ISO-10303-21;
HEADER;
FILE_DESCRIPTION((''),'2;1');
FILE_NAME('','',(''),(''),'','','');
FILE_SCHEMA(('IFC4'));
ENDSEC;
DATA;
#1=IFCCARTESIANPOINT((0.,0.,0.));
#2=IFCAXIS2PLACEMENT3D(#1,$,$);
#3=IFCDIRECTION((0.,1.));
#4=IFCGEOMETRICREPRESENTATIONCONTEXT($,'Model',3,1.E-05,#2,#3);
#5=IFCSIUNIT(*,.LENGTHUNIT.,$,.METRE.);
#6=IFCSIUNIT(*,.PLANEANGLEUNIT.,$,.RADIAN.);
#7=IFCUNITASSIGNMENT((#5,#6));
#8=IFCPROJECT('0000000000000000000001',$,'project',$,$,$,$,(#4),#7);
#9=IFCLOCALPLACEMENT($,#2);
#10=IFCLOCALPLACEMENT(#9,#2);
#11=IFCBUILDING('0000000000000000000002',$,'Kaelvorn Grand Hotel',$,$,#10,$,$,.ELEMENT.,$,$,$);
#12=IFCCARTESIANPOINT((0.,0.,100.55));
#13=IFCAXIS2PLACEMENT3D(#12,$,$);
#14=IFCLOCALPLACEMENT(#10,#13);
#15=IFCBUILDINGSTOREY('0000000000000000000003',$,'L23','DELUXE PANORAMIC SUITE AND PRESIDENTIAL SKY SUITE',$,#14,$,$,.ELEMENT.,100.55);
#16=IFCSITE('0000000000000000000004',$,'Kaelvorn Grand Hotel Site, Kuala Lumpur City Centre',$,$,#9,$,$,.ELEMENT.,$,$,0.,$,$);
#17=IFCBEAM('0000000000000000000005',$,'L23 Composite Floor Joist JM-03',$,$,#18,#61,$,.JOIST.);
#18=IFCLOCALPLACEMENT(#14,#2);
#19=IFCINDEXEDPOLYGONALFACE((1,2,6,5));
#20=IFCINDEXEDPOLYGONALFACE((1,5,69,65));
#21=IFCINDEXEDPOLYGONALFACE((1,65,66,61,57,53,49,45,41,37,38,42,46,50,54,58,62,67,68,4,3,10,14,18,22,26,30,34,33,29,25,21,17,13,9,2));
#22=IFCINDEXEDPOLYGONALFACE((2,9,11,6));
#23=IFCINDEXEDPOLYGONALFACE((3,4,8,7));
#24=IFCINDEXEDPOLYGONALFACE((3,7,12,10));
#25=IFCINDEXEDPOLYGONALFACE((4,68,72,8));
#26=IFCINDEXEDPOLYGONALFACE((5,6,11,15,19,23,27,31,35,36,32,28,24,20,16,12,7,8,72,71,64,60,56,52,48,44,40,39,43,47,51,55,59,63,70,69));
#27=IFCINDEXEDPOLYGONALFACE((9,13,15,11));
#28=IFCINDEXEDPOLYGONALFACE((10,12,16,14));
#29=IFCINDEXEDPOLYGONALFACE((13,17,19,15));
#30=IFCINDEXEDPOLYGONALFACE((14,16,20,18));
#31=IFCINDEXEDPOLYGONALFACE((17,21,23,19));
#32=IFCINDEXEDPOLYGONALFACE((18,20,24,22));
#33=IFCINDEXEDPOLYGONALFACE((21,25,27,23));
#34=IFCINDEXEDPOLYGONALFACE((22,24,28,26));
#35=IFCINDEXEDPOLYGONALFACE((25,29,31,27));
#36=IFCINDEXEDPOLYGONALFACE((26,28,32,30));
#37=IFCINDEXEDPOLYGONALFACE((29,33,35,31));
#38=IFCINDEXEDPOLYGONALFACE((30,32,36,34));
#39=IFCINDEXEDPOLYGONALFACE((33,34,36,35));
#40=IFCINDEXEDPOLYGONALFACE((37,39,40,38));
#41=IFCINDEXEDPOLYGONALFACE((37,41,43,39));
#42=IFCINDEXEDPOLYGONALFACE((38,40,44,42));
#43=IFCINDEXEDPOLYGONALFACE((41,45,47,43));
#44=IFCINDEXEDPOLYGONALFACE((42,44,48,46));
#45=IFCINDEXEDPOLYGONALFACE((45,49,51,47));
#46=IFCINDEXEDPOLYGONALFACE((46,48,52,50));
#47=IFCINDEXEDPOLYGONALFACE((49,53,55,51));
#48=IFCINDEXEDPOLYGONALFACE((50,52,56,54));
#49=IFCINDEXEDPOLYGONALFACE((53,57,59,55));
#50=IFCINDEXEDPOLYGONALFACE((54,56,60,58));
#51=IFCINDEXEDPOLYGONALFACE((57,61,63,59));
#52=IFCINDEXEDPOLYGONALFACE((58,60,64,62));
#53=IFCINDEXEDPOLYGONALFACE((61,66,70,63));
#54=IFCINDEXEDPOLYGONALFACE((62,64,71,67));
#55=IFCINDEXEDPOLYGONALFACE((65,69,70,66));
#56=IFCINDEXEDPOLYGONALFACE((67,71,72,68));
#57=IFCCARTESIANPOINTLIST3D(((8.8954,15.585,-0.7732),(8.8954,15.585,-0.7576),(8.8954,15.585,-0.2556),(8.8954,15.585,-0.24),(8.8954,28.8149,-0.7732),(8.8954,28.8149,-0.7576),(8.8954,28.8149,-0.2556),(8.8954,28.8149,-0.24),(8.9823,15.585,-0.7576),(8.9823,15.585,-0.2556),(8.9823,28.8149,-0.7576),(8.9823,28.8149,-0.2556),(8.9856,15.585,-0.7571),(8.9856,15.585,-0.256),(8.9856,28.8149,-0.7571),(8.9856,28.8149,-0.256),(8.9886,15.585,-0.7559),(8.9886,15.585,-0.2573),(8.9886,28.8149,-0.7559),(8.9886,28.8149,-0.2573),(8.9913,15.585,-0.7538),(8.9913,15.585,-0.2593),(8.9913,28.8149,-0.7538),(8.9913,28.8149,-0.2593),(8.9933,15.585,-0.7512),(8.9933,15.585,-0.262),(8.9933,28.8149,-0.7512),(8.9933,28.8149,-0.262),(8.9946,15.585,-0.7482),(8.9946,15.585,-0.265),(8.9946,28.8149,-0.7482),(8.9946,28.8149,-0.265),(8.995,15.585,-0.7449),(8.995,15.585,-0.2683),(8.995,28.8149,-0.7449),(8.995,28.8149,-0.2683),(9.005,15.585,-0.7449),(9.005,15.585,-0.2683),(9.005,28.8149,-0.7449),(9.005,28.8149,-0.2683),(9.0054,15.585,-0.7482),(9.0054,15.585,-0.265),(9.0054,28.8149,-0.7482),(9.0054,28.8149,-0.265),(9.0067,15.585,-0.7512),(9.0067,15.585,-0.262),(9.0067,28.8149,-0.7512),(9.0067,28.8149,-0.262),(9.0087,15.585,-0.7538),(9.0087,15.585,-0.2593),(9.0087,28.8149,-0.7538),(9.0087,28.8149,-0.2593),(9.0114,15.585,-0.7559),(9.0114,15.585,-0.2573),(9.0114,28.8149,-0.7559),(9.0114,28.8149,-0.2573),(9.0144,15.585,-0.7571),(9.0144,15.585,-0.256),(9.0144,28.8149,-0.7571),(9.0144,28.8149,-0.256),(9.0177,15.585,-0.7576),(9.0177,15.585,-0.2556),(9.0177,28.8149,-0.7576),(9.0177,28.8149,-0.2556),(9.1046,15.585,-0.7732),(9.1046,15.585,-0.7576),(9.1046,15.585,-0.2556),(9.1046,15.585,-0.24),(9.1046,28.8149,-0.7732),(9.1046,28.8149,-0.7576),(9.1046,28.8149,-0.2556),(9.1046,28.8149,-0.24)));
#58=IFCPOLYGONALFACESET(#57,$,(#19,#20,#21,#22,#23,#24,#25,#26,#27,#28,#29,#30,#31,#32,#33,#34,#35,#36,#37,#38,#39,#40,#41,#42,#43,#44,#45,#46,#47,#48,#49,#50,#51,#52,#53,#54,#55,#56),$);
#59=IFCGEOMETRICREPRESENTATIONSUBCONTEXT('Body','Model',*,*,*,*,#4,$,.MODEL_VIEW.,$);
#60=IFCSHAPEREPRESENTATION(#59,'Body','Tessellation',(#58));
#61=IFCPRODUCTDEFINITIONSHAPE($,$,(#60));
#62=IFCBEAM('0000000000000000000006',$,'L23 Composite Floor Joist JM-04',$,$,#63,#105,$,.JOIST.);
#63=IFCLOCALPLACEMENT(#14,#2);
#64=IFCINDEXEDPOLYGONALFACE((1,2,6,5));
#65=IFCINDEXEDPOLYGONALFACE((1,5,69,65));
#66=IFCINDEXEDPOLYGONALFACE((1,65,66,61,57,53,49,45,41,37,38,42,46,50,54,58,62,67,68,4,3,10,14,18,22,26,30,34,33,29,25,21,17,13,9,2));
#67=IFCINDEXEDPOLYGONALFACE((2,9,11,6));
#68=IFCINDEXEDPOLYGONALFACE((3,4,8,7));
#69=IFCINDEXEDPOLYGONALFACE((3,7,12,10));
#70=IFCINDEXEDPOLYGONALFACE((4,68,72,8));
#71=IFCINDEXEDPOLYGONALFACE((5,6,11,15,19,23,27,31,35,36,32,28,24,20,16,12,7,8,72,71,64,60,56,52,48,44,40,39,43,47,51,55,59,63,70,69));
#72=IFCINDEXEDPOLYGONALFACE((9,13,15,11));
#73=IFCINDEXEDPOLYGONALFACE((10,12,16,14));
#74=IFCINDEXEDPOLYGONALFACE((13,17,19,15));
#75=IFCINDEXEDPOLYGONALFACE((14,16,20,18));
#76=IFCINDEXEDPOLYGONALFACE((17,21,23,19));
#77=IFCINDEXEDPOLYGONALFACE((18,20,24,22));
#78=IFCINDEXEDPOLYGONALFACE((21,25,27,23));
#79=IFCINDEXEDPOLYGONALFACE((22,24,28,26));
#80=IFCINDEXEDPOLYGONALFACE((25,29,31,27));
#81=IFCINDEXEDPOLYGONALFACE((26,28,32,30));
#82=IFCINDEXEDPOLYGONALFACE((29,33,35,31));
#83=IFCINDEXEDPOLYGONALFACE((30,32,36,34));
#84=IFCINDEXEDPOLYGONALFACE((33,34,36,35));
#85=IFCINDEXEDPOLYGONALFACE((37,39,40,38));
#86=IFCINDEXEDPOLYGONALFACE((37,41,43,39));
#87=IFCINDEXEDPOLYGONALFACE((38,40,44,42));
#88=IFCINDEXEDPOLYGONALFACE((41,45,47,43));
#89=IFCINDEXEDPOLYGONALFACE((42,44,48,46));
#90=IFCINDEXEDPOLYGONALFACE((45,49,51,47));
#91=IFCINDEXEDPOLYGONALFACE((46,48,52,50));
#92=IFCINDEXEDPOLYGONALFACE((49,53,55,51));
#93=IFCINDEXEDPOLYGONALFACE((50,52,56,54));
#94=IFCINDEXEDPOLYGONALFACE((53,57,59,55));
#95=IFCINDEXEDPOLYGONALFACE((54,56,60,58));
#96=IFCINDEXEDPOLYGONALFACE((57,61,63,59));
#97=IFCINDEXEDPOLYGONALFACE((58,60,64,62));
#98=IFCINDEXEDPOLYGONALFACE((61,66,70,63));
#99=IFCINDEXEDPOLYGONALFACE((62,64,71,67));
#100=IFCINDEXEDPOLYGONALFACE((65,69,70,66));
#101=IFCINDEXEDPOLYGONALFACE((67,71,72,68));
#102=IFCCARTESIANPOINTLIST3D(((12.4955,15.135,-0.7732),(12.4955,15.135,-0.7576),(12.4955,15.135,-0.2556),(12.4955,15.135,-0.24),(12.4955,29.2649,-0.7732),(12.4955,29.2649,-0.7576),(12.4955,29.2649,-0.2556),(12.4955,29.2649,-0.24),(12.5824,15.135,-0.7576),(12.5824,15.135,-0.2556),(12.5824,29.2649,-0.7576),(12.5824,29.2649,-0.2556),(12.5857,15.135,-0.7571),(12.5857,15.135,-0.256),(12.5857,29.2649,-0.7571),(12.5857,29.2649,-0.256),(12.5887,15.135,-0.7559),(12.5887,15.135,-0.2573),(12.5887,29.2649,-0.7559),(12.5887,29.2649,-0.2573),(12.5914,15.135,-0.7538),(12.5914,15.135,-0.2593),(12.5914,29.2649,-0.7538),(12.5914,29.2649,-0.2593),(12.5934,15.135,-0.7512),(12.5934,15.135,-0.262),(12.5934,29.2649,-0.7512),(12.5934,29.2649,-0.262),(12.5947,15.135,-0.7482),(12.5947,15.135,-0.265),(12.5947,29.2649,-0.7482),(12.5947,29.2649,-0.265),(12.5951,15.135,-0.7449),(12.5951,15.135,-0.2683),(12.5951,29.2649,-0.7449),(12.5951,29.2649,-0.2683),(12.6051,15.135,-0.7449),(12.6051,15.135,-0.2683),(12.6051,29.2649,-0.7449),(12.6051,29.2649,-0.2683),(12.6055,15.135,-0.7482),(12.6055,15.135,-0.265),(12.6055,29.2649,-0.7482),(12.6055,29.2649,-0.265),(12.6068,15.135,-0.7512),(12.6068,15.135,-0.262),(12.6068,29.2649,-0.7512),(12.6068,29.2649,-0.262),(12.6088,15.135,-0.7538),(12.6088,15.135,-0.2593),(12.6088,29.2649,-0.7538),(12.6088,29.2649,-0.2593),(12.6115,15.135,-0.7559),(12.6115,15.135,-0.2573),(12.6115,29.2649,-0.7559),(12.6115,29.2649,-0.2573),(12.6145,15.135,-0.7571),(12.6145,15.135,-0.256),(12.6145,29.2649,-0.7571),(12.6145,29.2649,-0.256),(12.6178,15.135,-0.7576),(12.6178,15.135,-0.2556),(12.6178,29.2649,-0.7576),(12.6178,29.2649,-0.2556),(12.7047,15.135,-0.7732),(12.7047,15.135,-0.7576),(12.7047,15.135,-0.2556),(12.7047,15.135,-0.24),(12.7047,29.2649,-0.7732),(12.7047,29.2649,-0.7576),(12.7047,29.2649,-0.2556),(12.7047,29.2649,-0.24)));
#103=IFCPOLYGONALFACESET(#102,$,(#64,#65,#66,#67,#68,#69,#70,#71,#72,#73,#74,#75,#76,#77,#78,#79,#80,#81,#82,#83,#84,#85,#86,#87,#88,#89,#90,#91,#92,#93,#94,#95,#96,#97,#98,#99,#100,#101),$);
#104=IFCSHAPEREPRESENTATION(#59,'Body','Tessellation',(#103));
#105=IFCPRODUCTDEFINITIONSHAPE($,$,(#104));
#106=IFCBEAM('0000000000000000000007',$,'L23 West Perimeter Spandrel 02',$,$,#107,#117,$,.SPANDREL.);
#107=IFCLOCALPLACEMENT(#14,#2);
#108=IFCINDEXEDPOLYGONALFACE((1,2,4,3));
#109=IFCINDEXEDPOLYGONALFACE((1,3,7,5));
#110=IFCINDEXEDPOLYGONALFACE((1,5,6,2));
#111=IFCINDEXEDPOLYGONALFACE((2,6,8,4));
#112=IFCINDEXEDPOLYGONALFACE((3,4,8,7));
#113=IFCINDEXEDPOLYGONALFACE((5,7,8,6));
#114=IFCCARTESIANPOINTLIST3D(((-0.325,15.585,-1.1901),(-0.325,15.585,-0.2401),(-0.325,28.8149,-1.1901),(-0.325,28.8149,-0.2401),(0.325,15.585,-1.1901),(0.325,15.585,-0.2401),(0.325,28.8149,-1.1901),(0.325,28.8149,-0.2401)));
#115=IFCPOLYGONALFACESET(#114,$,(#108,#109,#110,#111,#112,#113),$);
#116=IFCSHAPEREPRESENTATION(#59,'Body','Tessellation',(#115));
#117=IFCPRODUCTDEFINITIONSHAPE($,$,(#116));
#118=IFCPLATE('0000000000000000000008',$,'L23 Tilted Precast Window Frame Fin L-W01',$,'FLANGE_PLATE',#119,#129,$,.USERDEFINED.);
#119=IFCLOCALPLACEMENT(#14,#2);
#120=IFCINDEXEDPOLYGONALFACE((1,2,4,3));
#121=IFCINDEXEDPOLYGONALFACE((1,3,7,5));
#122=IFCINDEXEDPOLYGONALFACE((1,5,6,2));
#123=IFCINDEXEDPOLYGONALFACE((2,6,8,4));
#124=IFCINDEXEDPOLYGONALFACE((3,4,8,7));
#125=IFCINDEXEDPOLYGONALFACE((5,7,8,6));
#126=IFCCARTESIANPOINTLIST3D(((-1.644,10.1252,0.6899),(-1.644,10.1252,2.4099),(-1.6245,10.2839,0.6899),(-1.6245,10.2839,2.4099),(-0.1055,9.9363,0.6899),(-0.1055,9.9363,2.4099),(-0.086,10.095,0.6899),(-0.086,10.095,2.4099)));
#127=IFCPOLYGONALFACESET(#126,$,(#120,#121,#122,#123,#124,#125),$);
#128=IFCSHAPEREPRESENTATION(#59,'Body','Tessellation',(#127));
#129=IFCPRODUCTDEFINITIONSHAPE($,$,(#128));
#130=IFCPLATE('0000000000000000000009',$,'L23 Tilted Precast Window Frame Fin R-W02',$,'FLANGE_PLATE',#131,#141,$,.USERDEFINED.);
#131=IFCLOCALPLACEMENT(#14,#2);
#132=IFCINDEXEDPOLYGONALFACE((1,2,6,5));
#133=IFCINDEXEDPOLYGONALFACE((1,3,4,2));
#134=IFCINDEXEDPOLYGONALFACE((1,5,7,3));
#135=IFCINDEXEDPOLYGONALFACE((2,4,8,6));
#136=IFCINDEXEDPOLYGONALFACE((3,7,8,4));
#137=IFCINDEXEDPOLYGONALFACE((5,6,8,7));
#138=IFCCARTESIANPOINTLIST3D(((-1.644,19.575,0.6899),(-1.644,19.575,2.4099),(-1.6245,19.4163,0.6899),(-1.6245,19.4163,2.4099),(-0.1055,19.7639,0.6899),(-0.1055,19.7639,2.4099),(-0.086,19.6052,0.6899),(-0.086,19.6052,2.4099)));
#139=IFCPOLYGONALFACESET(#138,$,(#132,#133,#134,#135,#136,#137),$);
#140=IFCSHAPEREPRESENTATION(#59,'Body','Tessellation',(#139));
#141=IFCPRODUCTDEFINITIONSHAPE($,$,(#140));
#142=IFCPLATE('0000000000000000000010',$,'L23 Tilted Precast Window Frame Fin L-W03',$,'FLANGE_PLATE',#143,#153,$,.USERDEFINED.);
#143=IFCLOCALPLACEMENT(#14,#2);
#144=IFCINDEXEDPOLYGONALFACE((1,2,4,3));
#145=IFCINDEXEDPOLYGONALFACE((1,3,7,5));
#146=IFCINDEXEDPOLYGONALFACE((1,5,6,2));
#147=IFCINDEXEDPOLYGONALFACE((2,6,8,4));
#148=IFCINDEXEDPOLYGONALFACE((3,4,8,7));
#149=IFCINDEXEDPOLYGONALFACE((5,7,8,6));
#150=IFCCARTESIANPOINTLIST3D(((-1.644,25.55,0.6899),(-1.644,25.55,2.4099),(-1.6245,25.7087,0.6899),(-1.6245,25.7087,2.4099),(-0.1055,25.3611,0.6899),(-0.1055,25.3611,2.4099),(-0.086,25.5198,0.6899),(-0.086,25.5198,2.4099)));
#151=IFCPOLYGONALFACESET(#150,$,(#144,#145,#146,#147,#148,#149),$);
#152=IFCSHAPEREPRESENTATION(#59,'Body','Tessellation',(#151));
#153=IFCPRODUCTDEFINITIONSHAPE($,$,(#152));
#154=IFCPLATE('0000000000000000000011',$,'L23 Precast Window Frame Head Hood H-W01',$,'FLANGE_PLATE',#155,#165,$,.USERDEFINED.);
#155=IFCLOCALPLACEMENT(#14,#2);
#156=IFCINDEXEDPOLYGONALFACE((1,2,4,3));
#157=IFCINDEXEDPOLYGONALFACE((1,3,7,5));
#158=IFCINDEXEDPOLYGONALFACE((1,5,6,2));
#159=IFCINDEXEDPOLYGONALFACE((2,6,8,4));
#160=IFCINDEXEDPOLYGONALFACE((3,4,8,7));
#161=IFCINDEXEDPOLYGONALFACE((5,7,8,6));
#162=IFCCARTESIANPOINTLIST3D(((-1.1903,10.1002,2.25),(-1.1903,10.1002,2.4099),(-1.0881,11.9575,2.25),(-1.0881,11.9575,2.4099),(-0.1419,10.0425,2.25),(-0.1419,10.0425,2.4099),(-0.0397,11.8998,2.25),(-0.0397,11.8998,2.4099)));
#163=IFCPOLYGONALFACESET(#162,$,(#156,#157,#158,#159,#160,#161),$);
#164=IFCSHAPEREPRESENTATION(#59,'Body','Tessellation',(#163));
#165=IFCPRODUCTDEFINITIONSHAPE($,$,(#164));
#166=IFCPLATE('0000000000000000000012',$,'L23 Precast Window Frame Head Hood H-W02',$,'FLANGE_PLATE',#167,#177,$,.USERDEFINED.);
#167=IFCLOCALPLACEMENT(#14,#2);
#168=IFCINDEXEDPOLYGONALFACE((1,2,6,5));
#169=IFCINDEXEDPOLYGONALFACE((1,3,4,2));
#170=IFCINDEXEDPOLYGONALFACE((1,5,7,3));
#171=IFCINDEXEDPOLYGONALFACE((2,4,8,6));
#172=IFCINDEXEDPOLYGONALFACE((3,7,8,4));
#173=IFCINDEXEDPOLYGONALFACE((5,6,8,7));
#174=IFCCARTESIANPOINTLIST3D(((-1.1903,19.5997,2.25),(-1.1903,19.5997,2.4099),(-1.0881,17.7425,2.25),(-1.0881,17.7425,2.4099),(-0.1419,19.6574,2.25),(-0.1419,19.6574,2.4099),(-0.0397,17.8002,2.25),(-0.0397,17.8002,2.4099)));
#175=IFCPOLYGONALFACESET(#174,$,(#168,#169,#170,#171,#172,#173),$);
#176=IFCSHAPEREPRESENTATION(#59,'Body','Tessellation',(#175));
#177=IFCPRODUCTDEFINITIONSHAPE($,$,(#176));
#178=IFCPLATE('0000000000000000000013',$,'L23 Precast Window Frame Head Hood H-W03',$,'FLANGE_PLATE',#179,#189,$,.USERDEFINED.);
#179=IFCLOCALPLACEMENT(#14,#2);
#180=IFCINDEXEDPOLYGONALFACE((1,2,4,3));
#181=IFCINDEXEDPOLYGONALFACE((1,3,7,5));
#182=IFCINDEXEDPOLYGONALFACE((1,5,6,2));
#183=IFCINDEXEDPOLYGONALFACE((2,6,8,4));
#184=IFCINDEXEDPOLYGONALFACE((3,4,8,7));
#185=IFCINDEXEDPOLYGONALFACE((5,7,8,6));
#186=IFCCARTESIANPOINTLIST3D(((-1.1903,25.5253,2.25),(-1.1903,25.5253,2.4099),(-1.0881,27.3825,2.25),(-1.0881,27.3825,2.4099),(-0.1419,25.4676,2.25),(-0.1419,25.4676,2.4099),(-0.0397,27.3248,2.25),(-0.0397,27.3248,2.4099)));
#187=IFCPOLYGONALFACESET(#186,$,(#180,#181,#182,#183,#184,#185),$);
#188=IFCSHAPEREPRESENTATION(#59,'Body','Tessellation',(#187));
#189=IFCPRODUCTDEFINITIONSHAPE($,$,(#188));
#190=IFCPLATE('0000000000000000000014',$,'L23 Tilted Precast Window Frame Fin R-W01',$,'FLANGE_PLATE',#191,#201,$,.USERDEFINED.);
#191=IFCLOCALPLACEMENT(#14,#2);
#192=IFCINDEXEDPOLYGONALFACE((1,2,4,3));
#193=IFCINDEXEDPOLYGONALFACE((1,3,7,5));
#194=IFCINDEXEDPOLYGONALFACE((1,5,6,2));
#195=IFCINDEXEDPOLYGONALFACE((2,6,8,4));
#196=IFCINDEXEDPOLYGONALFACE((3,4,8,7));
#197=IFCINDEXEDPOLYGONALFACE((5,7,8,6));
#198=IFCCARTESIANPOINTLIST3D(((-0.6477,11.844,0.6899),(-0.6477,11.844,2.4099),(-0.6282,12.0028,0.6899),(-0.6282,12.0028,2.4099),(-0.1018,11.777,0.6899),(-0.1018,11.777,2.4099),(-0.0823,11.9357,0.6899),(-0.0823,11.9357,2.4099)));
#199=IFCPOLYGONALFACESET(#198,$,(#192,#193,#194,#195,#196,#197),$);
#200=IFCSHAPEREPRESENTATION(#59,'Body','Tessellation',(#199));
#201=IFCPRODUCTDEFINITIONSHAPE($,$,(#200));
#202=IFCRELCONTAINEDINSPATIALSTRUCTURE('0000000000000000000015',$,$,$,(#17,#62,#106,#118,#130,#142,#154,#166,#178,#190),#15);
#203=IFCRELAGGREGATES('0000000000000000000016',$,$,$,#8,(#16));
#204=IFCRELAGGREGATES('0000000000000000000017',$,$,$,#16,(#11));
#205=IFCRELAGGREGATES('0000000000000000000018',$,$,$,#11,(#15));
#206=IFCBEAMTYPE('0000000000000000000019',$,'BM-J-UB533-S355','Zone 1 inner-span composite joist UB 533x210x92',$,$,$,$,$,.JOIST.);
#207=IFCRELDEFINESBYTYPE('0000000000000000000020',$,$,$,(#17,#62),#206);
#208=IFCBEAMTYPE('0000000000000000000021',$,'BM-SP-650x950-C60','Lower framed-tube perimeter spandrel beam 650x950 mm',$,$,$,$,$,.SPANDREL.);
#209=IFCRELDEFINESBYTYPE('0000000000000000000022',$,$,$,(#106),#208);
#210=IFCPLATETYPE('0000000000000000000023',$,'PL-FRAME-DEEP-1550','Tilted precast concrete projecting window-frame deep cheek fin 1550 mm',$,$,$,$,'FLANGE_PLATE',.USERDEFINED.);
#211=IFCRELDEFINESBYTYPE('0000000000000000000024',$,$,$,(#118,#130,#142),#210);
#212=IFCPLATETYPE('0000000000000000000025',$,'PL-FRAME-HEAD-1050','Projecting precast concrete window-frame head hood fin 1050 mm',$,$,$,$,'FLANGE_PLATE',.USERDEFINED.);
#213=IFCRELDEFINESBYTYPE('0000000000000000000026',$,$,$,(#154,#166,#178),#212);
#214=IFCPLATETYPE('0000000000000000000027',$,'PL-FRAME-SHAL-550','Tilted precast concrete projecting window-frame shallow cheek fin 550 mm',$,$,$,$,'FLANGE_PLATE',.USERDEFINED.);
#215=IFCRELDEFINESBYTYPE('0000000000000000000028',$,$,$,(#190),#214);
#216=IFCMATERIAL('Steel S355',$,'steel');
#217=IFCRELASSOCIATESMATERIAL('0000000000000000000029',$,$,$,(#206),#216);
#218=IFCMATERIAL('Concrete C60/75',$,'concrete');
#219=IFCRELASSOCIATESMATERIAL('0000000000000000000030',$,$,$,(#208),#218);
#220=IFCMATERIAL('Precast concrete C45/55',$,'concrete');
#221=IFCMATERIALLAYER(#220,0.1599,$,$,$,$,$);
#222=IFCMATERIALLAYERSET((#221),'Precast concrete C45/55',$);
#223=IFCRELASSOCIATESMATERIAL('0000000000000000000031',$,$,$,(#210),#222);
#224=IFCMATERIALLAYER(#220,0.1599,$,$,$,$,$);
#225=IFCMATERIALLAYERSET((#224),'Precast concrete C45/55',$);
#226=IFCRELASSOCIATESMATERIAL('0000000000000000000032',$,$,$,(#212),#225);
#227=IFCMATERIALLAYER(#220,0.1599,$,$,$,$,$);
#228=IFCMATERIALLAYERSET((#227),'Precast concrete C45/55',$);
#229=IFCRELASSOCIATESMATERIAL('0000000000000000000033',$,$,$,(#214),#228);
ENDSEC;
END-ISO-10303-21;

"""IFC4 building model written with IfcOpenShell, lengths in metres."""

from ifc_helpers import new_model, si_unit, direction, frame, origin, origin_2d, place, context, subcontext, project, spatial, rectangle, i_section, extrude, material, layer, layer_set, material_profile, profile_set, type_object, element, save


model = new_model("IFC4")

# Units and contexts
model_context = context("Model", 3, precision=1e-05, world=origin(), true_north=direction((0.0, 1.0)))
body_context = subcontext(model_context, "Body", "Model", "MODEL_VIEW")
ifc_project = project(units=[si_unit("LENGTHUNIT", "METRE"), si_unit("PLANEANGLEUNIT", "RADIAN")], contexts=[model_context])

# Site, building, storey
site_placement = place(None, origin())
site = spatial("IfcSite", under=ifc_project, at=site_placement, Name="Kaelvorn Grand Hotel Site, Kuala Lumpur City Centre", CompositionType="ELEMENT", RefElevation=0.0)
building_placement = place(site_placement, origin())
building = spatial("IfcBuilding", under=site, at=building_placement, Name="Kaelvorn Grand Hotel", CompositionType="ELEMENT")
storey_placement = place(building_placement, frame((0.0, 0.0, 100.55)))
storey = spatial("IfcBuildingStorey", under=building, at=storey_placement, Name="L23", Description="DELUXE PANORAMIC SUITE AND PRESIDENTIAL SKY SUITE", CompositionType="ELEMENT", Elevation=100.55)

# Shared definitions
ifc_material_1 = material(Name="Concrete C60/75", Category="concrete")

# Beams
ifc_material_2 = material(Name="Steel S355", Category="steel")
ifc_material_profile_1 = material_profile(ifc_material_2, i_section(OverallWidth=0.2092, OverallDepth=0.5332, WebThickness=0.01, FlangeThickness=0.0156, FilletRadius=0.0127, at=origin_2d()), Name="UB 533x210x92")
ifc_profile_set_1 = profile_set([ifc_material_profile_1], Name="Steel S355")
beam_type_1 = type_object("IfcBeamType", Name="BM-J-UB533-S355", Description="Zone 1 inner-span composite joist UB 533x210x92", PredefinedType="JOIST", material=ifc_profile_set_1)
beam_1_placement = place(storey_placement, frame((9.0, 15.585, -0.5066), z_axis=(0.0, 1.0, 0.0), x_axis=(-1.0, 0.0, 0.0)))
element("IfcBeam", 1, at=beam_1_placement, inside=storey, type_object=beam_type_1, Name="L23 Composite Floor Joist JM-03", PredefinedType="JOIST", context=body_context, shape_type="SweptSolid", body=[
    extrude(i_section(OverallWidth=0.2092, OverallDepth=0.5332, WebThickness=0.01, FlangeThickness=0.0156, FilletRadius=0.0127, at=origin_2d()), origin(), (0.0, 0.0, 1.0), 13.23),
])
beam_2_placement = place(storey_placement, frame((12.6001, 15.135, -0.5066), z_axis=(0.0, 1.0, 0.0), x_axis=(-1.0, 0.0, 0.0)))
element("IfcBeam", 2, at=beam_2_placement, inside=storey, type_object=beam_type_1, Name="L23 Composite Floor Joist JM-04", PredefinedType="JOIST", context=body_context, shape_type="SweptSolid", body=[
    extrude(i_section(OverallWidth=0.2092, OverallDepth=0.5332, WebThickness=0.01, FlangeThickness=0.0156, FilletRadius=0.0127, at=origin_2d()), origin(), (0.0, 0.0, 1.0), 14.1299),
])
ifc_material_profile_2 = material_profile(ifc_material_1, rectangle(XDim=0.6499, YDim=0.95, at=origin_2d()), Name="RC SPANDREL 650x950")
ifc_profile_set_2 = profile_set([ifc_material_profile_2], Name="Concrete C60/75")
beam_type_2 = type_object("IfcBeamType", Name="BM-SP-650x950-C60", Description="Lower framed-tube perimeter spandrel beam 650x950 mm", PredefinedType="SPANDREL", material=ifc_profile_set_2)
beam_3_placement = place(storey_placement, frame((0.0, 15.585, -0.7151), z_axis=(0.0, 1.0, 0.0), x_axis=(-1.0, 0.0, 0.0)))
element("IfcBeam", 3, at=beam_3_placement, inside=storey, type_object=beam_type_2, Name="L23 West Perimeter Spandrel 02", PredefinedType="SPANDREL", context=body_context, shape_type="SweptSolid", body=[
    extrude(rectangle(XDim=0.6499, YDim=0.95, at=origin_2d()), origin(), (0.0, 0.0, 1.0), 13.23),
])

# Plates
ifc_material_3 = material(Name="Precast concrete C45/55", Category="concrete")
ifc_layer_1 = layer(ifc_material_3, 0.1599)
ifc_layer_set_1 = layer_set([ifc_layer_1], Name="Precast concrete C45/55")
plate_type_1 = type_object("IfcPlateType", Name="PL-FRAME-DEEP-1550", Description="Tilted precast concrete projecting window-frame deep cheek fin 1550 mm", ElementType="FLANGE_PLATE", PredefinedType="USERDEFINED", material=ifc_layer_set_1)
for number, where, z_axis, x_axis, name in (
    (4, (-0.865, 10.1101, 0.6899), (0.0, 0.0, 1.0), (0.121869, 0.992546, 0.0), "L23 Tilted Precast Window Frame Fin L-W01"),
    (5, (-0.865, 19.5901, 0.6899), (0.0, 0.0, 1.0), (-0.121869, 0.992546, 0.0), "L23 Tilted Precast Window Frame Fin R-W02"),
    (6, (-0.865, 25.5349, 0.6899), (0.0, 0.0, 1.0), (0.121869, 0.992546, 0.0), "L23 Tilted Precast Window Frame Fin L-W03"),
):
    element("IfcPlate", number, at=place(storey_placement, frame(where, z_axis=z_axis, x_axis=x_axis)), inside=storey, type_object=plate_type_1, Name=name, ObjectType="FLANGE_PLATE", PredefinedType="USERDEFINED", context=body_context, shape_type="SweptSolid", body=[
        extrude(rectangle(XDim=0.1599, YDim=1.55, at=origin_2d()), origin(), (0.0, 0.0, 1.0), 1.72),
    ])
ifc_layer_2 = layer(ifc_material_3, 0.1599)
ifc_layer_set_2 = layer_set([ifc_layer_2], Name="Precast concrete C45/55")
plate_type_2 = type_object("IfcPlateType", Name="PL-FRAME-HEAD-1050", Description="Projecting precast concrete window-frame head hood fin 1050 mm", ElementType="FLANGE_PLATE", PredefinedType="USERDEFINED", material=ifc_layer_set_2)
for number, where, z_axis, x_axis, name in (
    (7, (-0.615, 11.0, 2.25), (0.0, 0.0, 1.0), (0.05495, 0.998489, 0.0), "L23 Precast Window Frame Head Hood H-W01"),
    (8, (-0.615, 18.7, 2.25), (0.0, 0.0, 1.0), (-0.05495, 0.998489, 0.0), "L23 Precast Window Frame Head Hood H-W02"),
    (9, (-0.615, 26.425, 2.25), (0.0, 0.0, 1.0), (0.05495, 0.998489, 0.0), "L23 Precast Window Frame Head Hood H-W03"),
):
    element("IfcPlate", number, at=place(storey_placement, frame(where, z_axis=z_axis, x_axis=x_axis)), inside=storey, type_object=plate_type_2, Name=name, ObjectType="FLANGE_PLATE", PredefinedType="USERDEFINED", context=body_context, shape_type="SweptSolid", body=[
        extrude(rectangle(XDim=1.8601, YDim=1.05, at=origin_2d()), origin(), (0.0, 0.0, 1.0), 0.1599),
    ])
ifc_layer_3 = layer(ifc_material_3, 0.1599)
ifc_layer_set_3 = layer_set([ifc_layer_3], Name="Precast concrete C45/55")
plate_type_3 = type_object("IfcPlateType", Name="PL-FRAME-SHAL-550", Description="Tilted precast concrete projecting window-frame shallow cheek fin 550 mm", ElementType="FLANGE_PLATE", PredefinedType="USERDEFINED", material=ifc_layer_set_3)
for number, where, z_axis, x_axis, name in (
    (10, (-0.365, 11.8899, 0.6899), (0.0, 0.0, 1.0), (0.121869, 0.992546, 0.0), "L23 Tilted Precast Window Frame Fin R-W01"),
):
    element("IfcPlate", number, at=place(storey_placement, frame(where, z_axis=z_axis, x_axis=x_axis)), inside=storey, type_object=plate_type_3, Name=name, ObjectType="FLANGE_PLATE", PredefinedType="USERDEFINED", context=body_context, shape_type="SweptSolid", body=[
        extrude(rectangle(XDim=0.1599, YDim=0.55, at=origin_2d()), origin(), (0.0, 0.0, 1.0), 1.72),
    ])

save(model, "model.ifc")
